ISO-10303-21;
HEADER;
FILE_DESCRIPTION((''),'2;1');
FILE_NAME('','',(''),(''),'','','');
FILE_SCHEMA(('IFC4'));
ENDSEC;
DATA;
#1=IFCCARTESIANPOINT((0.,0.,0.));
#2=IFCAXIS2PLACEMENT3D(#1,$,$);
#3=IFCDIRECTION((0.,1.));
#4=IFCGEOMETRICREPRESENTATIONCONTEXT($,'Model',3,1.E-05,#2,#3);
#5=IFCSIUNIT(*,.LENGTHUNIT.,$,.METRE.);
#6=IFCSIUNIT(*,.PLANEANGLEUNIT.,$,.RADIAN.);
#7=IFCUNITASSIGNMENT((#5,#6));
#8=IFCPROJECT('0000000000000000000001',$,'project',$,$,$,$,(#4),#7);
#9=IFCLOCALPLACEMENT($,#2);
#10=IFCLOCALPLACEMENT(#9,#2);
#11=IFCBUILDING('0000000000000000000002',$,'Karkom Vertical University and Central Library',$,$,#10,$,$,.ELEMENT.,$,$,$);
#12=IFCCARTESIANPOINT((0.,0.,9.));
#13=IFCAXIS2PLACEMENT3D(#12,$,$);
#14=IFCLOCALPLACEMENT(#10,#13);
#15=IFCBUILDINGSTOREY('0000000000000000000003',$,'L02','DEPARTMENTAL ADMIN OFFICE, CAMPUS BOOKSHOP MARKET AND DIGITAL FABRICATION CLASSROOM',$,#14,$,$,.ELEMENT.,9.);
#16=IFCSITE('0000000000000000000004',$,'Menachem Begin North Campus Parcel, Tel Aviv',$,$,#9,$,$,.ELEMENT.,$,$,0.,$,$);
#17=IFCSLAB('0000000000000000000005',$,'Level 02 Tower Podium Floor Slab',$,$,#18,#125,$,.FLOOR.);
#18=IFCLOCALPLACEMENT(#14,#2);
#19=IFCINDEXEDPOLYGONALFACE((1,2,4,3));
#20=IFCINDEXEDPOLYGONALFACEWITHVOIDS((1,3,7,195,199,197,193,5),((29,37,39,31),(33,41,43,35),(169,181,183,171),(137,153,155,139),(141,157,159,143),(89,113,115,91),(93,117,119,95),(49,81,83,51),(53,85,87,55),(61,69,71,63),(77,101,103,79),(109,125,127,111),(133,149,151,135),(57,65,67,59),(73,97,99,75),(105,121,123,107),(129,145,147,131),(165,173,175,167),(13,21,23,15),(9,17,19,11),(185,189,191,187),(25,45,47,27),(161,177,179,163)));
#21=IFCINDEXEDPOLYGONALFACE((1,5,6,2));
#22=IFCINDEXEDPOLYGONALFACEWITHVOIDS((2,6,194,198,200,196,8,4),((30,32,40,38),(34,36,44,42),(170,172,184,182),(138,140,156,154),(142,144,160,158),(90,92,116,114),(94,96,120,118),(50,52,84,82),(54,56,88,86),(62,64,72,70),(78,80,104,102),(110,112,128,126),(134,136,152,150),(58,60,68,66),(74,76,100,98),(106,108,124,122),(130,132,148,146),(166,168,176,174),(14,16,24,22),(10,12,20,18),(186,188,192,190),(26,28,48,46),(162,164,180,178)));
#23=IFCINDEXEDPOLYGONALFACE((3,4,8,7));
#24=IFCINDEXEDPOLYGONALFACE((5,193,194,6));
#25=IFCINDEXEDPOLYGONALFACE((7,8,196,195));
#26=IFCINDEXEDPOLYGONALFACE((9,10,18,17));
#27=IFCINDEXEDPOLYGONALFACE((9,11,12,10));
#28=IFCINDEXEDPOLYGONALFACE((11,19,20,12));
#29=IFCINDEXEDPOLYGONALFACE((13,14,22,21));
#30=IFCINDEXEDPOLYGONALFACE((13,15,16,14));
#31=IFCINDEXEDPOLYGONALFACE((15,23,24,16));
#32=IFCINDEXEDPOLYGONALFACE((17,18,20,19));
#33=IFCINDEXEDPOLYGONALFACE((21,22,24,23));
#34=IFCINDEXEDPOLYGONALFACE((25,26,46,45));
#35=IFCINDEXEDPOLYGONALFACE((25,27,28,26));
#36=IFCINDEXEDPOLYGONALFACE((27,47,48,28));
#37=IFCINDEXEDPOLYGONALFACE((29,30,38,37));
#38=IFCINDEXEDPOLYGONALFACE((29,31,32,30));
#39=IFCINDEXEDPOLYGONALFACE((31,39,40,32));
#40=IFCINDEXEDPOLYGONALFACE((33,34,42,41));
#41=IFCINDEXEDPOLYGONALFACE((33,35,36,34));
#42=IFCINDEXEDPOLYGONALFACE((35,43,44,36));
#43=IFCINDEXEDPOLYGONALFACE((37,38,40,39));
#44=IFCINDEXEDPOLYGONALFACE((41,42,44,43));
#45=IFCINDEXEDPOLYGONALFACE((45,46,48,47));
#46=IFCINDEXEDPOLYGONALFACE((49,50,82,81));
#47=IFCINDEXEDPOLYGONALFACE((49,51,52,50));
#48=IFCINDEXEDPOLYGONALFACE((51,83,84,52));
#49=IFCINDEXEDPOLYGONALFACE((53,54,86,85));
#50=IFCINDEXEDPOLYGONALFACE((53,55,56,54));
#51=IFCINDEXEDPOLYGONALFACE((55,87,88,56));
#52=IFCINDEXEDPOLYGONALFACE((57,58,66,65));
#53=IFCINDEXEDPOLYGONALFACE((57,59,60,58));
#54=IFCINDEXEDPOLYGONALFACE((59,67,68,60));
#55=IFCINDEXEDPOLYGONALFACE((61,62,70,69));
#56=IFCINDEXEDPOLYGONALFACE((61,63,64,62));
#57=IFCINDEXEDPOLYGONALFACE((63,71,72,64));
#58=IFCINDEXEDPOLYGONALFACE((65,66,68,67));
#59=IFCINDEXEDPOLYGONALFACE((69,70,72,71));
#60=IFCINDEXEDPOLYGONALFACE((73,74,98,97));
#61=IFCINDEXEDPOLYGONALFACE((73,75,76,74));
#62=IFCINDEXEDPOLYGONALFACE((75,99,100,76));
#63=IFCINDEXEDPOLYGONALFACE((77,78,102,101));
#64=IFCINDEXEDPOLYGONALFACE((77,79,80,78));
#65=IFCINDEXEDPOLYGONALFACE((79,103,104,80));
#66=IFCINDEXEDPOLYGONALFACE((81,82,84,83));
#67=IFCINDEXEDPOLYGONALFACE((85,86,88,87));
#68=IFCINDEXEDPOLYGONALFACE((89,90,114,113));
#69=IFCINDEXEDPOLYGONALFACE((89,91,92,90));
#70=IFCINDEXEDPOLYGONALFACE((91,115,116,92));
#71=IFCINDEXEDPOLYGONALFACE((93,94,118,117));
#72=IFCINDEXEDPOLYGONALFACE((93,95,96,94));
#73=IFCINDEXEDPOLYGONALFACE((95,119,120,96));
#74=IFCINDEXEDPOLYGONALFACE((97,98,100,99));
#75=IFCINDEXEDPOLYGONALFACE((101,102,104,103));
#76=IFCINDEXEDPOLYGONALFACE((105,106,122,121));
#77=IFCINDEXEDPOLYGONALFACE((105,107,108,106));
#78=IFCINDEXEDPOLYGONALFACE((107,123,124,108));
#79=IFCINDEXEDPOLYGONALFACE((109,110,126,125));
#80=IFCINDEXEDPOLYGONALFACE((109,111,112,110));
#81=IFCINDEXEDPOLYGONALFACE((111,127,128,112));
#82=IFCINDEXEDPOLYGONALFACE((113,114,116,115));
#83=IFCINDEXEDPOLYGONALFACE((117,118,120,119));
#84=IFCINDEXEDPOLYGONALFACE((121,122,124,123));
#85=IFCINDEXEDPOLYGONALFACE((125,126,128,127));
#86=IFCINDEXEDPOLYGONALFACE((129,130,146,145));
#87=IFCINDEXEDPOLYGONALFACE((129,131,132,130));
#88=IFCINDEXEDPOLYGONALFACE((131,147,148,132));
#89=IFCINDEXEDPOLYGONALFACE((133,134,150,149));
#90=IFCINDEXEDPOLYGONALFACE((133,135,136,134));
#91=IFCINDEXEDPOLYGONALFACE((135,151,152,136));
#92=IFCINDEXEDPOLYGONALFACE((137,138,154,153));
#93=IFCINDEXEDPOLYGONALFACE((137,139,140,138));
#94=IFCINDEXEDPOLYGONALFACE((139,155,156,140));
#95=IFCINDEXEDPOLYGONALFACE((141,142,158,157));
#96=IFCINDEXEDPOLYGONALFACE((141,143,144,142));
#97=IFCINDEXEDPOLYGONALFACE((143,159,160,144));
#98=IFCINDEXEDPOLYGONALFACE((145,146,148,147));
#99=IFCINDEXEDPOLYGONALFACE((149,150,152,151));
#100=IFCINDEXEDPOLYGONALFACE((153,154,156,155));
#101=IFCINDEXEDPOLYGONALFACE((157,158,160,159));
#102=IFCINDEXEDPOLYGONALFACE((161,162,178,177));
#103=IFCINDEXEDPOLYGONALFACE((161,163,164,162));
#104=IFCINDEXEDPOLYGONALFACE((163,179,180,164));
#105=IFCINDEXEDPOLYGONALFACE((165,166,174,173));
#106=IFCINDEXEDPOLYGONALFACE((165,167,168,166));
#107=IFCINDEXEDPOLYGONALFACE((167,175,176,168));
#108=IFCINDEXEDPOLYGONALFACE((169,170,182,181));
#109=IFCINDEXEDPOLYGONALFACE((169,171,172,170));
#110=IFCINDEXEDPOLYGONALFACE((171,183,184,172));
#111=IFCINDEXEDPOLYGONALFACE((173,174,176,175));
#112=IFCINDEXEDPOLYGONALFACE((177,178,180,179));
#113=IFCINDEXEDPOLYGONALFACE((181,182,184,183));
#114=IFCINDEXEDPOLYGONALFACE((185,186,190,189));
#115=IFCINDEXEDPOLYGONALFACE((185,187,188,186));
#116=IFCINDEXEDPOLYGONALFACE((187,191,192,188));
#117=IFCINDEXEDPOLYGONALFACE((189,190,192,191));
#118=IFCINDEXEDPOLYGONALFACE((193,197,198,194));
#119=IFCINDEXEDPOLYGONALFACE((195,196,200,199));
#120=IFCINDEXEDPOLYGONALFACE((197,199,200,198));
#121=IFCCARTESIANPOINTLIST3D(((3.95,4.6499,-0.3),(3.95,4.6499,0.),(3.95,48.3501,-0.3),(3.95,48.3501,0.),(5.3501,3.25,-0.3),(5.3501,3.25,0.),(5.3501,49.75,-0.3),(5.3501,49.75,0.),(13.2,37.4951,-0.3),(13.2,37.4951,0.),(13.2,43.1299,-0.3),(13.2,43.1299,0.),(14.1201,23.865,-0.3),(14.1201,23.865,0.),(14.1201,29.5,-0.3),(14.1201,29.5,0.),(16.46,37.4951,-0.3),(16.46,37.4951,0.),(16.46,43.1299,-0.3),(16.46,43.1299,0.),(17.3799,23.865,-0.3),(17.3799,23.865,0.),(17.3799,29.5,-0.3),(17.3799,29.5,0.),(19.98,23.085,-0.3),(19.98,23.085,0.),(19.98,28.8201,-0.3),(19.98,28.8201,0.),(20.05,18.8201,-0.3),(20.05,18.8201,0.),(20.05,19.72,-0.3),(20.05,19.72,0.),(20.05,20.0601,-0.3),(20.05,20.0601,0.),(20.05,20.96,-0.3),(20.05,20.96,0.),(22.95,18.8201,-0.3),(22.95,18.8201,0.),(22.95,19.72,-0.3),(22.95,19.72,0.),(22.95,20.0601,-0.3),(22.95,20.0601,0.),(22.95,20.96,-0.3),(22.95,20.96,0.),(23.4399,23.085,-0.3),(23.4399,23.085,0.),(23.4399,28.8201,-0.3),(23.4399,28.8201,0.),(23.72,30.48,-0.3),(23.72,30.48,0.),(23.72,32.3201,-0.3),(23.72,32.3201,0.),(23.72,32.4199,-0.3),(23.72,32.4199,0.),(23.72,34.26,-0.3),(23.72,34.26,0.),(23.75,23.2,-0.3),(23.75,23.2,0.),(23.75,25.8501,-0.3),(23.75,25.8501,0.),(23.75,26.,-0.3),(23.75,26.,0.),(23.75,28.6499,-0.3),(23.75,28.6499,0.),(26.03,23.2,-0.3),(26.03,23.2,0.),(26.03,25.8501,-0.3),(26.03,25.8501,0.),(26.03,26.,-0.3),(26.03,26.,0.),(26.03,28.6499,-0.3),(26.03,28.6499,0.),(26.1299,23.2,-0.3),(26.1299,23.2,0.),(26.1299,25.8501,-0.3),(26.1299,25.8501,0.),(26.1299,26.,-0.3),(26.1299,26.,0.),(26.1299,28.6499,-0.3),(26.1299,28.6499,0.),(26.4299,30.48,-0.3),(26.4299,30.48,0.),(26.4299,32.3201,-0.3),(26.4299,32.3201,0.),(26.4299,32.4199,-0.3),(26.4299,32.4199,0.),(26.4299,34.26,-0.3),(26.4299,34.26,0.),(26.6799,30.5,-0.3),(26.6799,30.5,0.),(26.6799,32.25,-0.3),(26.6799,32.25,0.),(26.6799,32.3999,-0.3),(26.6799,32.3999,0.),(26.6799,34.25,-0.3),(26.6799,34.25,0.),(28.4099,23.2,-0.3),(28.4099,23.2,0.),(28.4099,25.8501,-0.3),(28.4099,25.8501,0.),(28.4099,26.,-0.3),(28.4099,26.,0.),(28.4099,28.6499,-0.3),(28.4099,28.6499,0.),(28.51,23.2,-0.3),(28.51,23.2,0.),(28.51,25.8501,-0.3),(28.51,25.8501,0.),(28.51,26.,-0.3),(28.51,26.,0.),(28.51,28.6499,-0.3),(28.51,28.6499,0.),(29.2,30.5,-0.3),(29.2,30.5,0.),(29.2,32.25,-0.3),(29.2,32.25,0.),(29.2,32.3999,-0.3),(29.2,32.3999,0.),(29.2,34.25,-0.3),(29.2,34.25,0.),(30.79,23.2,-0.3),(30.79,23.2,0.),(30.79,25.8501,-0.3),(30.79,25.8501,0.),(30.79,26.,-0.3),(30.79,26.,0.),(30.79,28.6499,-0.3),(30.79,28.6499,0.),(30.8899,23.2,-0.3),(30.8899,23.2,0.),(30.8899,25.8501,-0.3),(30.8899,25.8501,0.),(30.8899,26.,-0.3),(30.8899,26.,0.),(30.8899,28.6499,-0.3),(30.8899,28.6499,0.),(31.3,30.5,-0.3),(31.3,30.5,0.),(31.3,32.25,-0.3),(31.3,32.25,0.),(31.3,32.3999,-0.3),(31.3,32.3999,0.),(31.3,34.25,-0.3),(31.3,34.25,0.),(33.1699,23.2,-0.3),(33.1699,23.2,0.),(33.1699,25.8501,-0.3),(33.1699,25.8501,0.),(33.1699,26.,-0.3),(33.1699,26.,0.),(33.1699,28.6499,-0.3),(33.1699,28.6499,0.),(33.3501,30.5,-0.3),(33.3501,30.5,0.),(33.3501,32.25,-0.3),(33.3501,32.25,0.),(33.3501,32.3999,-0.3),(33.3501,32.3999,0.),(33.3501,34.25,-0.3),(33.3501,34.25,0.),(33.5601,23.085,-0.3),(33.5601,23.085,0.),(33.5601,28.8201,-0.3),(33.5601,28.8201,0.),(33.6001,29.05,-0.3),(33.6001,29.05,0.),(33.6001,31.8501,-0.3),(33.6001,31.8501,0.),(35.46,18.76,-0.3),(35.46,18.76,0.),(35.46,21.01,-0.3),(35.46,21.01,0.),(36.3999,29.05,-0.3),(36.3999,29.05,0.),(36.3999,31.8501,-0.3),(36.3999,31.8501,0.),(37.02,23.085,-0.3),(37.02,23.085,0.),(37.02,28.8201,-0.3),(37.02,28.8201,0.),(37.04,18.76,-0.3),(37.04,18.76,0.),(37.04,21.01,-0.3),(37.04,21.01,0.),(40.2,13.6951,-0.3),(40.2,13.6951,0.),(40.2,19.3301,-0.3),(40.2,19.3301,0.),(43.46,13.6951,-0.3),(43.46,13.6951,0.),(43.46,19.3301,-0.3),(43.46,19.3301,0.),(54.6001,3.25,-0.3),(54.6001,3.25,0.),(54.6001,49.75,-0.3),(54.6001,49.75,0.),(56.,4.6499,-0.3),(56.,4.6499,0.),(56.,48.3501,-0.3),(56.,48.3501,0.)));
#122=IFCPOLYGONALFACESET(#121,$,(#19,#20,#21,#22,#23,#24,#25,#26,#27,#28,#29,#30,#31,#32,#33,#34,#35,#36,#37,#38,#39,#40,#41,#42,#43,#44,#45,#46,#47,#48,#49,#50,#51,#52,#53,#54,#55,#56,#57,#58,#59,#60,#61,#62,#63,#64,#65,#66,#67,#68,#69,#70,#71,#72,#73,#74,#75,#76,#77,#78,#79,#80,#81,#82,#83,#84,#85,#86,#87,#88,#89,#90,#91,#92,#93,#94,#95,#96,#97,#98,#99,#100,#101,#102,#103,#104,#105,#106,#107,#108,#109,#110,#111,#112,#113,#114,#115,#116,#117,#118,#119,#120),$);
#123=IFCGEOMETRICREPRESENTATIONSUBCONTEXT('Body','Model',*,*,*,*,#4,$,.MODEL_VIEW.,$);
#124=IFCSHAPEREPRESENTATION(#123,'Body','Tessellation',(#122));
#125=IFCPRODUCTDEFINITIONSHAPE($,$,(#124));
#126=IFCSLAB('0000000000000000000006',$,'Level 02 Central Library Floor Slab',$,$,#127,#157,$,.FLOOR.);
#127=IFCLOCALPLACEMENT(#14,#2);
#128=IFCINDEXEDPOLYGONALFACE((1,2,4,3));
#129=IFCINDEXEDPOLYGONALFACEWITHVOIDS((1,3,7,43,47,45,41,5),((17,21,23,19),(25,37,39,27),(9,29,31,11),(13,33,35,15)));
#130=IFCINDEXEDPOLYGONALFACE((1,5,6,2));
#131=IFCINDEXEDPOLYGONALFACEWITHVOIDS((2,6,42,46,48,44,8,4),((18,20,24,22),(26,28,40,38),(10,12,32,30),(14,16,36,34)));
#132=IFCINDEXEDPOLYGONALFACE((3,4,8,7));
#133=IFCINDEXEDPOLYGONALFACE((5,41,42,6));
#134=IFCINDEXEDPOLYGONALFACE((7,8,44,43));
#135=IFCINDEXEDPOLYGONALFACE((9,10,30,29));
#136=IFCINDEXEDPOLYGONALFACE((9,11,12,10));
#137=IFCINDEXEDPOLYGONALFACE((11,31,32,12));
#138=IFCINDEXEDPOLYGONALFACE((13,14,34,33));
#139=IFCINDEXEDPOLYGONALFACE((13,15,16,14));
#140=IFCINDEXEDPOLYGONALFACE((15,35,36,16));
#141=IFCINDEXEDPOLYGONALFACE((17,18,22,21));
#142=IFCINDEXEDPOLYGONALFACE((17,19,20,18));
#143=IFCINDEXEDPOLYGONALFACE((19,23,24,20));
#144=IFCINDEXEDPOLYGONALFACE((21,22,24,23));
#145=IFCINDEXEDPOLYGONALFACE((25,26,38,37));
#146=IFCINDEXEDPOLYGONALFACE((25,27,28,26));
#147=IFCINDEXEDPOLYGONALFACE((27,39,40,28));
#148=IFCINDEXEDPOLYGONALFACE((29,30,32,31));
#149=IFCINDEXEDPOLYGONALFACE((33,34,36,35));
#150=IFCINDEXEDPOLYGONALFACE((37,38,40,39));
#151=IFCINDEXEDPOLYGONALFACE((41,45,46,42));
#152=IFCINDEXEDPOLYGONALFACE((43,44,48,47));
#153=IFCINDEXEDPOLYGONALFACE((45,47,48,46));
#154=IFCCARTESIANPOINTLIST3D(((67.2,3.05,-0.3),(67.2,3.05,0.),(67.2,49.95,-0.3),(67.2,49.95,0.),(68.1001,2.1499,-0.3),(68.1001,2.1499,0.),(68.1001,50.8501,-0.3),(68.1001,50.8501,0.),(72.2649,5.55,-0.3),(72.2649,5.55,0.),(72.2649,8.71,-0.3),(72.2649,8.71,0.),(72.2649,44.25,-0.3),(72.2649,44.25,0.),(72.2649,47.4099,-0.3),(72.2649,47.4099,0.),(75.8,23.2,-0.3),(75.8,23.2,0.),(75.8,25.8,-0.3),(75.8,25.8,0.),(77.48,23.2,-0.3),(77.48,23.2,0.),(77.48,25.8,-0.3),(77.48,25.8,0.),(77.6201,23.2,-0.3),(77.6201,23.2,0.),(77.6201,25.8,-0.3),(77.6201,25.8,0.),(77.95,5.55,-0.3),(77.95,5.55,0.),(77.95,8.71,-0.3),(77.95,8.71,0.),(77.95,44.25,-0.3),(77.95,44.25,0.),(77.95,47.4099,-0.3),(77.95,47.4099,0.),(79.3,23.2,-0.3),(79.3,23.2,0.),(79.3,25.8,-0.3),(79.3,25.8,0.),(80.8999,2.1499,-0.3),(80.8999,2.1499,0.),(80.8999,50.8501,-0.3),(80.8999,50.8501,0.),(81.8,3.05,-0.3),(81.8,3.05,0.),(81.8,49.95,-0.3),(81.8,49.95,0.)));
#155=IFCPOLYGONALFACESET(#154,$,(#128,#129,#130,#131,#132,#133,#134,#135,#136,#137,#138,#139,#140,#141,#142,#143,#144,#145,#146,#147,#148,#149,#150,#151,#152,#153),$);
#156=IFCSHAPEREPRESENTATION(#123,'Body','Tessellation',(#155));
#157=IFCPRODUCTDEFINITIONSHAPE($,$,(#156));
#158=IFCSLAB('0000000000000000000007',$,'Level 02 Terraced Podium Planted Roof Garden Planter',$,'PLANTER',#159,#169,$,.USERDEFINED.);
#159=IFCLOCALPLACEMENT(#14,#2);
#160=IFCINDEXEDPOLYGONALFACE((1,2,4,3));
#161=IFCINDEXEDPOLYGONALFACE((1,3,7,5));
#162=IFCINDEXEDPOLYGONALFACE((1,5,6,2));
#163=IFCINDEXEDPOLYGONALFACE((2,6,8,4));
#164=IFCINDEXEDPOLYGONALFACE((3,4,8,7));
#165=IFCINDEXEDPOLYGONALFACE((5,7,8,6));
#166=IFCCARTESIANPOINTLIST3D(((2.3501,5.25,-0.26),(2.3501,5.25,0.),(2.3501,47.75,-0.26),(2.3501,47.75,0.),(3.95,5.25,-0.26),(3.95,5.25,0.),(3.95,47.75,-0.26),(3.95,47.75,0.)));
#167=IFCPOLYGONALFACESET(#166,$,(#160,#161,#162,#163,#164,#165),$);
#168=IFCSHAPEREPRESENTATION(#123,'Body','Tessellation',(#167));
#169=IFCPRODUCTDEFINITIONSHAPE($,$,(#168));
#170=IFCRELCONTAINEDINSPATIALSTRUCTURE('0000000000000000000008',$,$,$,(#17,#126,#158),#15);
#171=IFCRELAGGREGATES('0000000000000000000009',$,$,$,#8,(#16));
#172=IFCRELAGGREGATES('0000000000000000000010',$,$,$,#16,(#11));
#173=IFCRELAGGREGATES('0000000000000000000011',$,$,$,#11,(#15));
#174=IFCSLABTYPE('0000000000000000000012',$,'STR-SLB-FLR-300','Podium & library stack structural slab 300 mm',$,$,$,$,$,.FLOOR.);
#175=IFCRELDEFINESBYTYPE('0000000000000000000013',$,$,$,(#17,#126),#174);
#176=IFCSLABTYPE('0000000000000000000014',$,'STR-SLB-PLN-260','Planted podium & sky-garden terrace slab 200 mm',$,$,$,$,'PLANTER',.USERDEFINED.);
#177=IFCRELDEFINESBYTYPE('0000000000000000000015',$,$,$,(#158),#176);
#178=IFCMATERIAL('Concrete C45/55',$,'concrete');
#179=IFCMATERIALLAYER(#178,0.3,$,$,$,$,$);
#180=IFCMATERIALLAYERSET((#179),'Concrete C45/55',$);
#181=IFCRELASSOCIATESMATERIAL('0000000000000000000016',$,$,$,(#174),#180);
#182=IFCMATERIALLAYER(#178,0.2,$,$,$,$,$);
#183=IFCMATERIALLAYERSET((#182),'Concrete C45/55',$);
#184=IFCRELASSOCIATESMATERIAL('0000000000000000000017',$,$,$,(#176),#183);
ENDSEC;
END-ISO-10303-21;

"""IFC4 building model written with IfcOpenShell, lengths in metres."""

from ifc_helpers import new_model, si_unit, direction, frame, origin, place, context, subcontext, project, spatial, polyline, outline, extrude, material, layer, layer_set, type_object, element, save


model = new_model("IFC4")

# Units and contexts
model_context = context("Model", 3, precision=1e-05, world=origin(), true_north=direction((0.0, 1.0)))
body_context = subcontext(model_context, "Body", "Model", "MODEL_VIEW")
ifc_project = project(units=[si_unit("LENGTHUNIT", "METRE"), si_unit("PLANEANGLEUNIT", "RADIAN")], contexts=[model_context])

# Site, building, storey
site_placement = place(None, origin())
site = spatial("IfcSite", under=ifc_project, at=site_placement, Name="Menachem Begin North Campus Parcel, Tel Aviv", CompositionType="ELEMENT", RefElevation=0.0)
building_placement = place(site_placement, origin())
building = spatial("IfcBuilding", under=site, at=building_placement, Name="Karkom Vertical University and Central Library", CompositionType="ELEMENT")
storey_placement = place(building_placement, frame((0.0, 0.0, 9.0)))
storey = spatial("IfcBuildingStorey", under=building, at=storey_placement, Name="L02", Description="DEPARTMENTAL ADMIN OFFICE, CAMPUS BOOKSHOP MARKET AND DIGITAL FABRICATION CLASSROOM", CompositionType="ELEMENT", Elevation=9.0)

# Shared definitions
ifc_material_1 = material(Name="Concrete C45/55", Category="concrete")

# Slabs
ifc_layer_1 = layer(ifc_material_1, 0.3)
ifc_layer_set_1 = layer_set([ifc_layer_1], Name="Concrete C45/55")
slab_type_1 = type_object("IfcSlabType", Name="STR-SLB-FLR-300", Description="Podium & library stack structural slab 300 mm", PredefinedType="FLOOR", material=ifc_layer_set_1)
slab_1_placement = place(storey_placement, frame((0.0, 0.0, -0.3)))
element("IfcSlab", 1, at=slab_1_placement, inside=storey, type_object=slab_type_1, Name="Level 02 Tower Podium Floor Slab", PredefinedType="FLOOR", context=body_context, shape_type="SweptSolid", body=[
    extrude(outline(polyline([(5.3501, 3.25), (54.6001, 3.25), (56.0, 4.6499), (56.0, 48.3501), (54.6001, 49.75), (5.3501, 49.75), (3.95, 48.3501), (3.95, 4.6499), (5.3501, 3.25)]), holes=[polyline([(19.98, 23.085), (23.4399, 23.085), (23.4399, 28.8201), (19.98, 28.8201), (19.98, 23.085)]), polyline([(33.5601, 23.085), (37.02, 23.085), (37.02, 28.8201), (33.5601, 28.8201), (33.5601, 23.085)]), polyline([(14.1201, 23.865), (17.3799, 23.865), (17.3799, 29.5), (14.1201, 29.5), (14.1201, 23.865)]), polyline([(40.2, 13.6951), (43.46, 13.6951), (43.46, 19.3301), (40.2, 19.3301), (40.2, 13.6951)]), polyline([(13.2, 37.4951), (16.46, 37.4951), (16.46, 43.1299), (13.2, 43.1299), (13.2, 37.4951)]), polyline([(23.75, 23.2), (26.03, 23.2), (26.03, 25.8501), (23.75, 25.8501), (23.75, 23.2)]), polyline([(26.1299, 23.2), (28.4099, 23.2), (28.4099, 25.8501), (26.1299, 25.8501), (26.1299, 23.2)]), polyline([(28.51, 23.2), (30.79, 23.2), (30.79, 25.8501), (28.51, 25.8501), (28.51, 23.2)]), polyline([(30.8899, 23.2), (33.1699, 23.2), (33.1699, 25.8501), (30.8899, 25.8501), (30.8899, 23.2)]), polyline([(23.75, 26.0), (26.03, 26.0), (26.03, 28.6499), (23.75, 28.6499), (23.75, 26.0)]), polyline([(26.1299, 26.0), (28.4099, 26.0), (28.4099, 28.6499), (26.1299, 28.6499), (26.1299, 26.0)]), polyline([(28.51, 26.0), (30.79, 26.0), (30.79, 28.6499), (28.51, 28.6499), (28.51, 26.0)]), polyline([(30.8899, 26.0), (33.1699, 26.0), (33.1699, 28.6499), (30.8899, 28.6499), (30.8899, 26.0)]), polyline([(26.6799, 30.5), (29.2, 30.5), (29.2, 32.25), (26.6799, 32.25), (26.6799, 30.5)]), polyline([(26.6799, 32.3999), (29.2, 32.3999), (29.2, 34.25), (26.6799, 34.25), (26.6799, 32.3999)]), polyline([(31.3, 30.5), (33.3501, 30.5), (33.3501, 32.25), (31.3, 32.25), (31.3, 30.5)]), polyline([(31.3, 32.3999), (33.3501, 32.3999), (33.3501, 34.25), (31.3, 34.25), (31.3, 32.3999)]), polyline([(23.72, 30.48), (26.4299, 30.48), (26.4299, 32.3201), (23.72, 32.3201), (23.72, 30.48)]), polyline([(23.72, 32.4199), (26.4299, 32.4199), (26.4299, 34.26), (23.72, 34.26), (23.72, 32.4199)]), polyline([(33.6001, 29.05), (36.3999, 29.05), (36.3999, 31.8501), (33.6001, 31.8501), (33.6001, 29.05)]), polyline([(20.05, 18.8201), (22.95, 18.8201), (22.95, 19.72), (20.05, 19.72), (20.05, 18.8201)]), polyline([(20.05, 20.0601), (22.95, 20.0601), (22.95, 20.96), (20.05, 20.96), (20.05, 20.0601)]), polyline([(35.46, 18.76), (37.04, 18.76), (37.04, 21.01), (35.46, 21.01), (35.46, 18.76)])]), origin(), (0.0, 0.0, 1.0), 0.3),
])
slab_2_placement = place(storey_placement, frame((0.0, 0.0, -0.3)))
element("IfcSlab", 2, at=slab_2_placement, inside=storey, type_object=slab_type_1, Name="Level 02 Central Library Floor Slab", PredefinedType="FLOOR", context=body_context, shape_type="SweptSolid", body=[
    extrude(outline(polyline([(68.1001, 2.1499), (80.8999, 2.1499), (81.8, 3.05), (81.8, 49.95), (80.8999, 50.8501), (68.1001, 50.8501), (67.2, 49.95), (67.2, 3.05), (68.1001, 2.1499)]), holes=[polyline([(72.2649, 5.55), (77.95, 5.55), (77.95, 8.71), (72.2649, 8.71), (72.2649, 5.55)]), polyline([(72.2649, 44.25), (77.95, 44.25), (77.95, 47.4099), (72.2649, 47.4099), (72.2649, 44.25)]), polyline([(75.8, 23.2), (77.48, 23.2), (77.48, 25.8), (75.8, 25.8), (75.8, 23.2)]), polyline([(77.6201, 23.2), (79.3, 23.2), (79.3, 25.8), (77.6201, 25.8), (77.6201, 23.2)])]), origin(), (0.0, 0.0, 1.0), 0.3),
])
ifc_layer_2 = layer(ifc_material_1, 0.2)
ifc_layer_set_2 = layer_set([ifc_layer_2], Name="Concrete C45/55")
slab_type_2 = type_object("IfcSlabType", Name="STR-SLB-PLN-260", Description="Planted podium & sky-garden terrace slab 200 mm", ElementType="PLANTER", PredefinedType="USERDEFINED", material=ifc_layer_set_2)
slab_3_placement = place(storey_placement, frame((0.0, 0.0, -0.26)))
element("IfcSlab", 3, at=slab_3_placement, inside=storey, type_object=slab_type_2, Name="Level 02 Terraced Podium Planted Roof Garden Planter", ObjectType="PLANTER", PredefinedType="USERDEFINED", context=body_context, shape_type="SweptSolid", body=[
    extrude(outline(polyline([(2.3501, 5.25), (3.95, 5.25), (3.95, 47.75), (2.3501, 47.75), (2.3501, 5.25)])), origin(), (0.0, 0.0, 1.0), 0.26),
])

save(model, "model.ifc")
